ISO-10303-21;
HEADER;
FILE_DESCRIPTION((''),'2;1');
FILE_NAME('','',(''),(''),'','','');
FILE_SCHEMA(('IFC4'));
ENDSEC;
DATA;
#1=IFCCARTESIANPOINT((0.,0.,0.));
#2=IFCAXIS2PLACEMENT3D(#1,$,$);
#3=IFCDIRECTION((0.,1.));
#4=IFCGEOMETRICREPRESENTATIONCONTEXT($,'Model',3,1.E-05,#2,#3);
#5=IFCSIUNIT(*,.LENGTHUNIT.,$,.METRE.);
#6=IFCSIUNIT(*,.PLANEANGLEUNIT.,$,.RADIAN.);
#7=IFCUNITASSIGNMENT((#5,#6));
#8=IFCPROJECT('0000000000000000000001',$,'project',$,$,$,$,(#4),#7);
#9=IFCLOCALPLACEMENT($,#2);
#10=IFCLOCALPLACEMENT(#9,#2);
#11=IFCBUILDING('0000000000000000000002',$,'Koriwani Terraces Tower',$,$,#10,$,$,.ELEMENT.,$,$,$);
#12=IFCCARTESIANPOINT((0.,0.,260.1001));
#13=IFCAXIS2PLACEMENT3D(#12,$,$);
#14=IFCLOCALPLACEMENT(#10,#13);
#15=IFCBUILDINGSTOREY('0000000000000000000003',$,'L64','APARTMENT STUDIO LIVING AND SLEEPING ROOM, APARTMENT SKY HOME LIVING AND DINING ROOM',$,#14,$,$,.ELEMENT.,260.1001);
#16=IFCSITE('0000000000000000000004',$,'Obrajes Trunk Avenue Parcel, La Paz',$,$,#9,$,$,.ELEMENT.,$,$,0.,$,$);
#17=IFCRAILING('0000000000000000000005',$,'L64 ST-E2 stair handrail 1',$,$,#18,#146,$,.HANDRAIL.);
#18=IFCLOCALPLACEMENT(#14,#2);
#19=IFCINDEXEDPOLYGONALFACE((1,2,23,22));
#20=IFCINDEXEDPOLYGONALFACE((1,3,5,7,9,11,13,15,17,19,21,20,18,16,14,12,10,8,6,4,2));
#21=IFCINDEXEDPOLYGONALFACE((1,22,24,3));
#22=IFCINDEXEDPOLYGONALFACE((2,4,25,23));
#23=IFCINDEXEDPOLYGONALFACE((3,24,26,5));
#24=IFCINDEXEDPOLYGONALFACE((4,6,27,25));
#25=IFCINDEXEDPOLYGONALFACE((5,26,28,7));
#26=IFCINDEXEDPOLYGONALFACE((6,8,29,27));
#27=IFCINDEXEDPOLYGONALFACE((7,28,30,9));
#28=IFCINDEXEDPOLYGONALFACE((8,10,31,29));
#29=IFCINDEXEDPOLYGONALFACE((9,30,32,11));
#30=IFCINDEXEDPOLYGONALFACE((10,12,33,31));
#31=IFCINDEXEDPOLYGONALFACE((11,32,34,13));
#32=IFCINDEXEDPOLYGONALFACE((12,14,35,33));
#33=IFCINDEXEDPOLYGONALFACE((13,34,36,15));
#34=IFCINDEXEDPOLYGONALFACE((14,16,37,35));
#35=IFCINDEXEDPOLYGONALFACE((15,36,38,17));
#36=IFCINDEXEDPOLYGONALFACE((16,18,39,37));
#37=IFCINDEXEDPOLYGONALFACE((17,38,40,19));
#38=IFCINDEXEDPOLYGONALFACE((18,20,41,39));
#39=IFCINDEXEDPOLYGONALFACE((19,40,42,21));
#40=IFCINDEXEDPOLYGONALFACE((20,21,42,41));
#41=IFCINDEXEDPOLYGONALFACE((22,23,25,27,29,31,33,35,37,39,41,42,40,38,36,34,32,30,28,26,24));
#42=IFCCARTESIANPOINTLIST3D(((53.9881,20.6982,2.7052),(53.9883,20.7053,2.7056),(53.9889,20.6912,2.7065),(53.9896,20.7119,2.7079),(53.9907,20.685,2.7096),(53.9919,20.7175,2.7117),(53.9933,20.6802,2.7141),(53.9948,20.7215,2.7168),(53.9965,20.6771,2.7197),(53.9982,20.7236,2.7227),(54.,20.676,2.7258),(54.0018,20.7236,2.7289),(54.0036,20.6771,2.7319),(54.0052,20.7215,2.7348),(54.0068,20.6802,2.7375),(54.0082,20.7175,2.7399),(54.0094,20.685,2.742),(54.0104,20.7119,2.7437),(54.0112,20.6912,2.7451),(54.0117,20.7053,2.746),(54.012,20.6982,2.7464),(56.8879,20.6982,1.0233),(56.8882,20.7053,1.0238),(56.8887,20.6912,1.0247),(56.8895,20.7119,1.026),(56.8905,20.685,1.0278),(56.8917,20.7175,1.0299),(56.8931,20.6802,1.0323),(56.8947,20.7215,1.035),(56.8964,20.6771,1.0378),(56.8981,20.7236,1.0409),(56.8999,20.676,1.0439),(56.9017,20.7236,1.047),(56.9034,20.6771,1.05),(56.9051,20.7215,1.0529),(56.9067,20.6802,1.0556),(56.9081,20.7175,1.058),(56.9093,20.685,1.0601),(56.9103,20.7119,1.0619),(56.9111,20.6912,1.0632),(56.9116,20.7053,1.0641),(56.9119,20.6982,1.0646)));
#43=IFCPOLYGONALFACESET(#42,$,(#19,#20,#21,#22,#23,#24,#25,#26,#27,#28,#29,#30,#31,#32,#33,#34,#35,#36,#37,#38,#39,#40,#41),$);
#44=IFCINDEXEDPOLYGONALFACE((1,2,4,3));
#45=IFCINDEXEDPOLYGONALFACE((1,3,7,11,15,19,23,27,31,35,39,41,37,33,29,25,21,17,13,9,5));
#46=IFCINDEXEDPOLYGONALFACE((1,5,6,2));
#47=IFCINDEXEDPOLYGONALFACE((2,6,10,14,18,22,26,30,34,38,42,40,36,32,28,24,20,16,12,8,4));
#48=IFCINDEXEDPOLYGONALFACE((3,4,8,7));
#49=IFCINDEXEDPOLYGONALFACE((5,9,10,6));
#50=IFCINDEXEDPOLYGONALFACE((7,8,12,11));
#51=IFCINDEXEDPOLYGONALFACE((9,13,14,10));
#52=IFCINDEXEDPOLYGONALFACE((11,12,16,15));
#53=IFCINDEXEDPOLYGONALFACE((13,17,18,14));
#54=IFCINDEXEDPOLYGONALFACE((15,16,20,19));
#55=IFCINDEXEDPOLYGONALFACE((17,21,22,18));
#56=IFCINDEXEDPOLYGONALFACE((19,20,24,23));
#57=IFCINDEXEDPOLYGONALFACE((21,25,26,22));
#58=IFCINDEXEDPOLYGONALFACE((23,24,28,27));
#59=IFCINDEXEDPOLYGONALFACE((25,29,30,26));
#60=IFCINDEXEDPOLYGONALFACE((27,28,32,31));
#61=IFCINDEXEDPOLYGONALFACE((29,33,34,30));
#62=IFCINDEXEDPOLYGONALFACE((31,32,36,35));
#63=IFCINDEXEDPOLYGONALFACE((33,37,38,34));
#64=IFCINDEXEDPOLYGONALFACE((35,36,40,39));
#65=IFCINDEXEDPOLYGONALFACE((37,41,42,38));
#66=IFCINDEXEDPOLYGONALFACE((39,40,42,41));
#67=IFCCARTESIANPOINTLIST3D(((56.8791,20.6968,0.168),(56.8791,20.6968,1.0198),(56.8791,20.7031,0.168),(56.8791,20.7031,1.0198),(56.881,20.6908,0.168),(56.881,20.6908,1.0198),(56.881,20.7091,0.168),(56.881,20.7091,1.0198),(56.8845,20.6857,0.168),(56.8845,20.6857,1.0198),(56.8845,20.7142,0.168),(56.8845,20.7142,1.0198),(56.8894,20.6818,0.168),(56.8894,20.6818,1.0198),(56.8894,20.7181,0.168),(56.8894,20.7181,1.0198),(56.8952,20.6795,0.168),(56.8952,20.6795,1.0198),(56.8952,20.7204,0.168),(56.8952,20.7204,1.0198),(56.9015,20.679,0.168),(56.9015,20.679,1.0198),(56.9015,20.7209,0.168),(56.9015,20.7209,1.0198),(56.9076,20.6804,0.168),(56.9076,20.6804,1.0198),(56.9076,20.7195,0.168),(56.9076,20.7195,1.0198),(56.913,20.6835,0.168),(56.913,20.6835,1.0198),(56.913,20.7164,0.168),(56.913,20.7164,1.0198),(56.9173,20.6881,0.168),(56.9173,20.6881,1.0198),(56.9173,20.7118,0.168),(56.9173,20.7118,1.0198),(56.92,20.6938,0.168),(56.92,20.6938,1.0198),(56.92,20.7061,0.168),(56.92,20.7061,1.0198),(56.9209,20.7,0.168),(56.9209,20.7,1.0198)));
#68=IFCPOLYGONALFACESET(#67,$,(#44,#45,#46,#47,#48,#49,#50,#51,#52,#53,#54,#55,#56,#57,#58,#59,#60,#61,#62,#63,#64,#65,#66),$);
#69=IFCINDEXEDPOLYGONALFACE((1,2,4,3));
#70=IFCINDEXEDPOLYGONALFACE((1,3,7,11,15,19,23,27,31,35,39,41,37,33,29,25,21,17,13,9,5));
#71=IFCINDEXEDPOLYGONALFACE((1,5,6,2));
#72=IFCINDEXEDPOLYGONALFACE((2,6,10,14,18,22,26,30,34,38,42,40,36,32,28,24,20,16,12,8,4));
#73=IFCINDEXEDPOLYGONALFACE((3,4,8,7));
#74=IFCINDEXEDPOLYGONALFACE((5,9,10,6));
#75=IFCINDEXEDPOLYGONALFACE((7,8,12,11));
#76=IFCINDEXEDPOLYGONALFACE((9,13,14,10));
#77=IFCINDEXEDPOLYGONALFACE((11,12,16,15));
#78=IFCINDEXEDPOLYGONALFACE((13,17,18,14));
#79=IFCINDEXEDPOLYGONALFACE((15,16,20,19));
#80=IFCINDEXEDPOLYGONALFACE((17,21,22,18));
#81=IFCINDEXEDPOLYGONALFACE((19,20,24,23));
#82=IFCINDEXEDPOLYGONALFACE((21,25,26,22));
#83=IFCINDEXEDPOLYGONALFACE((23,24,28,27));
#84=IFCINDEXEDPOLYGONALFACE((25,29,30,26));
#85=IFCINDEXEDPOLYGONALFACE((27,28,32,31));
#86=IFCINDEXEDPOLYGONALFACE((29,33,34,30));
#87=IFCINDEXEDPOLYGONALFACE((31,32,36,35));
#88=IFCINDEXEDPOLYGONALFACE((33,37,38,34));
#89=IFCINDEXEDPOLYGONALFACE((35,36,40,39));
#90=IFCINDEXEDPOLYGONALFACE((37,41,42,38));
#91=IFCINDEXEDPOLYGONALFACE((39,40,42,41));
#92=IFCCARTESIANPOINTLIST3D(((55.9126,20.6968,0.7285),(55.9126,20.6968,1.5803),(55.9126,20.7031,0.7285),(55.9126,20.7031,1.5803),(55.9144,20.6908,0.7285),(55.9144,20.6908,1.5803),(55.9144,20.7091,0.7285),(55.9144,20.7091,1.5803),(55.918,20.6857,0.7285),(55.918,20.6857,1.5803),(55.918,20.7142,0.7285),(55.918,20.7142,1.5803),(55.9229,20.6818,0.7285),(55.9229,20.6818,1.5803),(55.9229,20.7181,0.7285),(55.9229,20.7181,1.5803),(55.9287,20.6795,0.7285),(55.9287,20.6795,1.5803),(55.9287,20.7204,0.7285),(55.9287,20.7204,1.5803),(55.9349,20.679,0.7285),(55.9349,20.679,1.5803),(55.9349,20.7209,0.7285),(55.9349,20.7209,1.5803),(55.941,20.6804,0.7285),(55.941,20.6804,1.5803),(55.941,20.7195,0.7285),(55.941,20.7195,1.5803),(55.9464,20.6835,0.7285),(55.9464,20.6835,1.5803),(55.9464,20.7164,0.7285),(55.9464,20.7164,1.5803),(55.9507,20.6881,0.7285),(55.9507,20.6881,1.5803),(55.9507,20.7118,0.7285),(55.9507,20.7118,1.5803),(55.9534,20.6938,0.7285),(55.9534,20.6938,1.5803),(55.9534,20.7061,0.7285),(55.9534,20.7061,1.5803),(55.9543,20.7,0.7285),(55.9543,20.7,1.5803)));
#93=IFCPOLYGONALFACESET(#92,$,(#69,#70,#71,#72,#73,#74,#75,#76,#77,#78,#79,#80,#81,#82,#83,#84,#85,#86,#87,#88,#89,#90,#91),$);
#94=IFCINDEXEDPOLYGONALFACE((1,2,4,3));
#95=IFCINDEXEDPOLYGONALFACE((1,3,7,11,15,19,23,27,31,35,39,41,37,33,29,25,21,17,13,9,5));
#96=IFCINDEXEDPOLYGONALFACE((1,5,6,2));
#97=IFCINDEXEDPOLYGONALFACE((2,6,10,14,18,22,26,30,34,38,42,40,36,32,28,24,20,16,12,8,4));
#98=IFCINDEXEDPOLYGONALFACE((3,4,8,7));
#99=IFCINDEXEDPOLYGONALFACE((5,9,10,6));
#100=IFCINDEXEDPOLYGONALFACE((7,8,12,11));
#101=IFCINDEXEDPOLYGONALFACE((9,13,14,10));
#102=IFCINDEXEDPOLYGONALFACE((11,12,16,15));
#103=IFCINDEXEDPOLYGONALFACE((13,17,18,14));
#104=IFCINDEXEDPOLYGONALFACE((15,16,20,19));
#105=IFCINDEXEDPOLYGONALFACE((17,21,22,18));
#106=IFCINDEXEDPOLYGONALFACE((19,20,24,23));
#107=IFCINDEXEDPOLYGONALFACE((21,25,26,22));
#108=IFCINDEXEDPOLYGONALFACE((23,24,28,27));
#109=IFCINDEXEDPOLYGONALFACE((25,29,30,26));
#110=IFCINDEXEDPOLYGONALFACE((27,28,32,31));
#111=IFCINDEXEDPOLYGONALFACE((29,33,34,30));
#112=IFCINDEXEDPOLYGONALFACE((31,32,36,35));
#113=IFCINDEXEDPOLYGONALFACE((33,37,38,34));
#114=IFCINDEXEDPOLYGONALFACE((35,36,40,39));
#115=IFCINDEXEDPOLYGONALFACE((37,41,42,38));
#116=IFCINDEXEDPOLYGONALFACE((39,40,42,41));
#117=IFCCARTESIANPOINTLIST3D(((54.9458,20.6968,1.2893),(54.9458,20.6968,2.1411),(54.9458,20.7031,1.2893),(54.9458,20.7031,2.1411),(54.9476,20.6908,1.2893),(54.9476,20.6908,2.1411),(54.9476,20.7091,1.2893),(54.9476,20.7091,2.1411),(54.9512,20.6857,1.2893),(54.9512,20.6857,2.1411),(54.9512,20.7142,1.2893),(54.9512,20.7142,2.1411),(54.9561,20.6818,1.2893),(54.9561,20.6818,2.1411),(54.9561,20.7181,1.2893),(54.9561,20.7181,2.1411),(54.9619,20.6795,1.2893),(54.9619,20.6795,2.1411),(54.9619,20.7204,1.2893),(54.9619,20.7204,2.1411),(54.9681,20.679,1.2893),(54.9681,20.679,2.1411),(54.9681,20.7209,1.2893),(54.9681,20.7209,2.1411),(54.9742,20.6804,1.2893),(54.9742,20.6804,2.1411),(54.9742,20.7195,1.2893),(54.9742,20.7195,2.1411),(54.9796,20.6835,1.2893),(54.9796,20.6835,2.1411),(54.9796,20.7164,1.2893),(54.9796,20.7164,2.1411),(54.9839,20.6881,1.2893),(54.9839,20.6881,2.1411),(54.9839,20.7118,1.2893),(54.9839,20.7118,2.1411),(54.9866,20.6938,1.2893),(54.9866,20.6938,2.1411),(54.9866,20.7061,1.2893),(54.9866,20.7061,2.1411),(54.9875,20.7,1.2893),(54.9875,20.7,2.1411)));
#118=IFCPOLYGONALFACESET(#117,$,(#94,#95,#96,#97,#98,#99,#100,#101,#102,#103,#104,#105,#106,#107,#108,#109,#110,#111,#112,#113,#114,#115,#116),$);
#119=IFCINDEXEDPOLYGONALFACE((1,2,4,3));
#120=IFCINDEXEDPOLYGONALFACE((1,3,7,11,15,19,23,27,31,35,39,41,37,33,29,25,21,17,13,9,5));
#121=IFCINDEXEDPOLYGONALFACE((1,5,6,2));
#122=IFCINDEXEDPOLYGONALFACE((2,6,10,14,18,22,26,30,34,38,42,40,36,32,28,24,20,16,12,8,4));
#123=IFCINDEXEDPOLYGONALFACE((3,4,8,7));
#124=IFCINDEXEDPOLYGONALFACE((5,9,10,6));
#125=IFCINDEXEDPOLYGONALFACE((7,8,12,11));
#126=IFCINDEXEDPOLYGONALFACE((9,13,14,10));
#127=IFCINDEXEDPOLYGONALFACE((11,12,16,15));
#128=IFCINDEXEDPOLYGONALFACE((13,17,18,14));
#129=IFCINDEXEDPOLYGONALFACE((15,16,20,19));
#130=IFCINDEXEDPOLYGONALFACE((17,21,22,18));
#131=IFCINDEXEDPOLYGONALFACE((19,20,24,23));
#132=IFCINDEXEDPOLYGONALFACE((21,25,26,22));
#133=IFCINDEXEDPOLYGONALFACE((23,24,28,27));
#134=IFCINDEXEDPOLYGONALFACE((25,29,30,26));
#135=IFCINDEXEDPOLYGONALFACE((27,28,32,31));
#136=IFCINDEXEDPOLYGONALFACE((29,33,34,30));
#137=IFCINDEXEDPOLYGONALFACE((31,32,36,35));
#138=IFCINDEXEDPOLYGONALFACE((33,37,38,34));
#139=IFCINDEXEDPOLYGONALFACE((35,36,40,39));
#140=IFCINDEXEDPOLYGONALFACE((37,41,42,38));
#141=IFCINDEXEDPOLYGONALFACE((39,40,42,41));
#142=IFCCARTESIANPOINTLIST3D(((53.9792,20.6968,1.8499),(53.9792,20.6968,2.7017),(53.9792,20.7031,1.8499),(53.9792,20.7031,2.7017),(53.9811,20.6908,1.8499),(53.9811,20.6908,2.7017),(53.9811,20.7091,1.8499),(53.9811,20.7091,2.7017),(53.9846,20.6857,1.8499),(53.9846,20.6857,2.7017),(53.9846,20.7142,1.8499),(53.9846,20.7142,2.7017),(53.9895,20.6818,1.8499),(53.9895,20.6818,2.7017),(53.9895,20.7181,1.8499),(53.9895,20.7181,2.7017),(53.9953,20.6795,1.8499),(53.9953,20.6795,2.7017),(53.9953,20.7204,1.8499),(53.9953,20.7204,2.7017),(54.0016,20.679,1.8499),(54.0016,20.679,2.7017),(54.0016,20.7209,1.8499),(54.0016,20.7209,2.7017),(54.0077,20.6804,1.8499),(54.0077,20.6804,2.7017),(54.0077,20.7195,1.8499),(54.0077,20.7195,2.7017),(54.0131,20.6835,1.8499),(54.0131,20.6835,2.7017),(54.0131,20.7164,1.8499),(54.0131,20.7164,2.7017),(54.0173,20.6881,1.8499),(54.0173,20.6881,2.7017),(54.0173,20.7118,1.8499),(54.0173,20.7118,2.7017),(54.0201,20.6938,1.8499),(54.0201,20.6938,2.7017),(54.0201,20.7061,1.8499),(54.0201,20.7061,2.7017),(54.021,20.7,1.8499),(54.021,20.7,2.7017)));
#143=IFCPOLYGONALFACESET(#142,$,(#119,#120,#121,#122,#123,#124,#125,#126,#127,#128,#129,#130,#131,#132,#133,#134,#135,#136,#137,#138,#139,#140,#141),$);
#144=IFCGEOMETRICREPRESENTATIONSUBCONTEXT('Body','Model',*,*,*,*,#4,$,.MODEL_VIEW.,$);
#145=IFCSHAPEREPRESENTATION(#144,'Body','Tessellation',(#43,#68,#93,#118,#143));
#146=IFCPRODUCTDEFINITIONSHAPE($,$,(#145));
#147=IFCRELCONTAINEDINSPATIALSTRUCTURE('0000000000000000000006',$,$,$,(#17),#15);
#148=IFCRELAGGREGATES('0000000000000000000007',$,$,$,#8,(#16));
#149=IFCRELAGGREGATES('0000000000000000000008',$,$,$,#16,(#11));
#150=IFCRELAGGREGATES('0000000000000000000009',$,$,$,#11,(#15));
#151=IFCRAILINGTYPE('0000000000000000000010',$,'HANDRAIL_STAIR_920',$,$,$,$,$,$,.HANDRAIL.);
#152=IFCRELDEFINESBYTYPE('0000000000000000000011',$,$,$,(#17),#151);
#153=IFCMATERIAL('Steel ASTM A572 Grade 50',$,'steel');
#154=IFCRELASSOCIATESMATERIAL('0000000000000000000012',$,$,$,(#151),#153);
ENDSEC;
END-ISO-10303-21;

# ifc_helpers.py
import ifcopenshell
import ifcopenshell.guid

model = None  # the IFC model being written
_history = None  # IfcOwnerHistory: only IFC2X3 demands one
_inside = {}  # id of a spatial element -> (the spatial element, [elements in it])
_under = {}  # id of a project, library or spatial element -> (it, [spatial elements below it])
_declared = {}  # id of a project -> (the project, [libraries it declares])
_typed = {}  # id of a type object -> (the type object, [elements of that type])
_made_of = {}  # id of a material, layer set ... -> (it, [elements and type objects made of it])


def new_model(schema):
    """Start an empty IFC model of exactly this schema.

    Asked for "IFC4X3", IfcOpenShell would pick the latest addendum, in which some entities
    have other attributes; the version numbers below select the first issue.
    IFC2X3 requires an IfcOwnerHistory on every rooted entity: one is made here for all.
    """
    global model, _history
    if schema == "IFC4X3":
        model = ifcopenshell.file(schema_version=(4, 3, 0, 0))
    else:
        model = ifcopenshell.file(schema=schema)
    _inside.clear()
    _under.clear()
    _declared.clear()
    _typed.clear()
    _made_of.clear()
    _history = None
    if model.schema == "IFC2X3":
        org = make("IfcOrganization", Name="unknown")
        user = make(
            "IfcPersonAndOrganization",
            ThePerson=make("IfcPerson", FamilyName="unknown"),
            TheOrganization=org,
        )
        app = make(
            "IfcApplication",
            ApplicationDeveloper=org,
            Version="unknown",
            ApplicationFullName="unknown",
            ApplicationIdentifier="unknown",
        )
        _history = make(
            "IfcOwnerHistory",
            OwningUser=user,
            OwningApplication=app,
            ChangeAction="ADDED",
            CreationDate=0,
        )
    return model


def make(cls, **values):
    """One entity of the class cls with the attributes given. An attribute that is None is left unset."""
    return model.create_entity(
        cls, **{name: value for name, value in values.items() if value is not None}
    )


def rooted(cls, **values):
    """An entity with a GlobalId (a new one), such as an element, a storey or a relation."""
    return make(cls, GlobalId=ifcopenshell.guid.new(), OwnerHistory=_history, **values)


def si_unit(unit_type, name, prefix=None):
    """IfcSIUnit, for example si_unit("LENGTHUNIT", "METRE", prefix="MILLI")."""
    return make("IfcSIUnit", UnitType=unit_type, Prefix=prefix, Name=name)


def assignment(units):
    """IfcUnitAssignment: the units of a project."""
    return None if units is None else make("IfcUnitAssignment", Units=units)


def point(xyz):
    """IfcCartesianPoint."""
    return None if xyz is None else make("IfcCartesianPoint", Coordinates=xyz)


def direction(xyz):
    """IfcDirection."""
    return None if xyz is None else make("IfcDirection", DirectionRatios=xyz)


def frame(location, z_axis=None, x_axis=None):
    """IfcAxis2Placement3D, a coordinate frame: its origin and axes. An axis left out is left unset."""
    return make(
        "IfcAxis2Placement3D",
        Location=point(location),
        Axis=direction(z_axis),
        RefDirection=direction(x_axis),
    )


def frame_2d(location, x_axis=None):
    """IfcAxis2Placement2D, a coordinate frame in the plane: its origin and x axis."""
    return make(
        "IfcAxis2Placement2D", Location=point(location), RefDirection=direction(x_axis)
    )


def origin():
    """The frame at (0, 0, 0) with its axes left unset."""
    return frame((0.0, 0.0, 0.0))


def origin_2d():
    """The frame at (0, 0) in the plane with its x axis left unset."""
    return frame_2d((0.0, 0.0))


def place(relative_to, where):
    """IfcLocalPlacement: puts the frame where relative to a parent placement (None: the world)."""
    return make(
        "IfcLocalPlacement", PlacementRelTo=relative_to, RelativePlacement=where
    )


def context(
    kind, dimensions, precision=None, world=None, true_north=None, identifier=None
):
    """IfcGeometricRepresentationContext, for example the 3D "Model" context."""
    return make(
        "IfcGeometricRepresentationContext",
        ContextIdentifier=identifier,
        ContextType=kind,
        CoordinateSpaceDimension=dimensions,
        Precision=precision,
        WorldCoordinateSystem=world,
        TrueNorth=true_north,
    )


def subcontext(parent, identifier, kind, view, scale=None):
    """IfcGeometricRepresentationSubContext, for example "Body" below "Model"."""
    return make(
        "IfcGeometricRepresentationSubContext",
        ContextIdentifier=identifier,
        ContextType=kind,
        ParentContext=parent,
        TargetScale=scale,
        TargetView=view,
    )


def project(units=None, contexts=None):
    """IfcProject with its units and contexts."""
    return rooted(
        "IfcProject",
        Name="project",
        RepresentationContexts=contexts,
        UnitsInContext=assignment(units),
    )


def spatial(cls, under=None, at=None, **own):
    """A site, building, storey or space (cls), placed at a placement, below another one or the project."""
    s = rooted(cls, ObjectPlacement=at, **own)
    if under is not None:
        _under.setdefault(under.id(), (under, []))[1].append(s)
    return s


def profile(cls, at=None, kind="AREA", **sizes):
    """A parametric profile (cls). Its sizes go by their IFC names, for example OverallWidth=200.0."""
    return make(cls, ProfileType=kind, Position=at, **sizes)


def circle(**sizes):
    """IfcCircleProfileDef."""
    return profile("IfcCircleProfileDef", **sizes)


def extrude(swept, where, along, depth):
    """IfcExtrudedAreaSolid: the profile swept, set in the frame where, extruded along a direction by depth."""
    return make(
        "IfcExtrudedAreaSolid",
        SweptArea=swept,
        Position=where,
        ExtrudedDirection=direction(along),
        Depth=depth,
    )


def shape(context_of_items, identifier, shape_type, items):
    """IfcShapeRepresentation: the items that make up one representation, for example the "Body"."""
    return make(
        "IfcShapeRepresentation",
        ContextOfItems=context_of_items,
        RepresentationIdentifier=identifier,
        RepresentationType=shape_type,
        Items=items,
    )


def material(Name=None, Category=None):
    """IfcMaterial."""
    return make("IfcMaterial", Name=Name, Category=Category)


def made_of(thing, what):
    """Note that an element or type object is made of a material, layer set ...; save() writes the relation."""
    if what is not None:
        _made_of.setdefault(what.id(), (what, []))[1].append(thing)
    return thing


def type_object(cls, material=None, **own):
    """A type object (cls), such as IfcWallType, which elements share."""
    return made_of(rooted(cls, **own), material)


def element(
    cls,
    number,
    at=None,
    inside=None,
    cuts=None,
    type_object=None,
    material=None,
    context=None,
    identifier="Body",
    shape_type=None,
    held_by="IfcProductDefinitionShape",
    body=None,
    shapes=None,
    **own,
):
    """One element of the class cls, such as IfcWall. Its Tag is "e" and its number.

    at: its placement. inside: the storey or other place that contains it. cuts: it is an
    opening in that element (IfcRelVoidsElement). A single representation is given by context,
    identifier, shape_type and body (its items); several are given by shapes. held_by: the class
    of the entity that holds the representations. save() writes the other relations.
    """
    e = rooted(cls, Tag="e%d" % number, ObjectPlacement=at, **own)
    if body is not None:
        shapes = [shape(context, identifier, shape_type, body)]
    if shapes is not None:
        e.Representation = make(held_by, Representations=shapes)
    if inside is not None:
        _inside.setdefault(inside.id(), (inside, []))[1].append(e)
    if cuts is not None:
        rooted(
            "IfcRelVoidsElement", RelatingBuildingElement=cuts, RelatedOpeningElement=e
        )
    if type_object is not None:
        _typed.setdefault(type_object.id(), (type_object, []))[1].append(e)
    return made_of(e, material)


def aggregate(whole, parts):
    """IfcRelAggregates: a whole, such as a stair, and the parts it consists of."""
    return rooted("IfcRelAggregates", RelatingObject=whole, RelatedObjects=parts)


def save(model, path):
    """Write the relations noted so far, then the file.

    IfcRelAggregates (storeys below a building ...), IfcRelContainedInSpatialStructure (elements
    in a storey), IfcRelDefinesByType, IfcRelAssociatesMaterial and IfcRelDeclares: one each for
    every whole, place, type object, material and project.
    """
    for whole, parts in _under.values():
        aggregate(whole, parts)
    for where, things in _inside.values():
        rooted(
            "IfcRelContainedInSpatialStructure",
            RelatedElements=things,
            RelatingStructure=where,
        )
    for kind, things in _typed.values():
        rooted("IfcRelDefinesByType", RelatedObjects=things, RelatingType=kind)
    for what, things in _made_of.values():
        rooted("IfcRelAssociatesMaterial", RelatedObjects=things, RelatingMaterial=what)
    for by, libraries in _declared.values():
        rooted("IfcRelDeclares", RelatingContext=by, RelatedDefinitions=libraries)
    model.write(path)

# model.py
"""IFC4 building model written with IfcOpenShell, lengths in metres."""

from ifc_helpers import new_model, si_unit, direction, frame, origin, origin_2d, place, context, subcontext, project, spatial, circle, extrude, material, type_object, element, save


model = new_model("IFC4")

# Units and contexts
model_context = context("Model", 3, precision=1e-05, world=origin(), true_north=direction((0.0, 1.0)))
body_context = subcontext(model_context, "Body", "Model", "MODEL_VIEW")
ifc_project = project(units=[si_unit("LENGTHUNIT", "METRE"), si_unit("PLANEANGLEUNIT", "RADIAN")], contexts=[model_context])

# Site, building, storey
site_placement = place(None, origin())
site = spatial("IfcSite", under=ifc_project, at=site_placement, Name="Obrajes Trunk Avenue Parcel, La Paz", CompositionType="ELEMENT", RefElevation=0.0)
building_placement = place(site_placement, origin())
building = spatial("IfcBuilding", under=site, at=building_placement, Name="Koriwani Terraces Tower", CompositionType="ELEMENT")
storey_placement = place(building_placement, frame((0.0, 0.0, 260.1001)))
storey = spatial("IfcBuildingStorey", under=building, at=storey_placement, Name="L64", Description="APARTMENT STUDIO LIVING AND SLEEPING ROOM, APARTMENT SKY HOME LIVING AND DINING ROOM", CompositionType="ELEMENT", Elevation=260.1001)

# Shared definitions
ifc_material_1 = material(Name="Steel ASTM A572 Grade 50", Category="steel")

# Railing
railing_type_1 = type_object("IfcRailingType", Name="HANDRAIL_STAIR_920", PredefinedType="HANDRAIL", material=ifc_material_1)
for number, where, name in (
    (1, (56.8999, 20.7, 0.168), "L64 ST-E2 stair handrail 1"),
):
    element("IfcRailing", number, at=place(storey_placement, frame(where)), inside=storey, type_object=railing_type_1, Name=name, PredefinedType="HANDRAIL", context=body_context, shape_type="SweptSolid", body=[
        extrude(circle(Radius=0.0239, at=origin_2d()), frame((0.0, 0.0, 0.876), z_axis=(-0.865039, 0.0, 0.501705), x_axis=(0.0, -1.0, 0.0)), (0.0, 0.0, 1.0), 3.3523),
        extrude(circle(Radius=0.021, at=origin_2d()), origin(), (0.0, 0.0, 1.0), 0.8518),
        extrude(circle(Radius=0.021, at=origin_2d()), frame((-0.9666, 0.0, 0.5605)), (0.0, 0.0, 1.0), 0.8518),
        extrude(circle(Radius=0.021, at=origin_2d()), frame((-1.9333, 0.0, 1.1213)), (0.0, 0.0, 1.0), 0.8518),
        extrude(circle(Radius=0.021, at=origin_2d()), frame((-2.8999, 0.0, 1.6819)), (0.0, 0.0, 1.0), 0.8518),
    ])

save(model, "model.ifc")
